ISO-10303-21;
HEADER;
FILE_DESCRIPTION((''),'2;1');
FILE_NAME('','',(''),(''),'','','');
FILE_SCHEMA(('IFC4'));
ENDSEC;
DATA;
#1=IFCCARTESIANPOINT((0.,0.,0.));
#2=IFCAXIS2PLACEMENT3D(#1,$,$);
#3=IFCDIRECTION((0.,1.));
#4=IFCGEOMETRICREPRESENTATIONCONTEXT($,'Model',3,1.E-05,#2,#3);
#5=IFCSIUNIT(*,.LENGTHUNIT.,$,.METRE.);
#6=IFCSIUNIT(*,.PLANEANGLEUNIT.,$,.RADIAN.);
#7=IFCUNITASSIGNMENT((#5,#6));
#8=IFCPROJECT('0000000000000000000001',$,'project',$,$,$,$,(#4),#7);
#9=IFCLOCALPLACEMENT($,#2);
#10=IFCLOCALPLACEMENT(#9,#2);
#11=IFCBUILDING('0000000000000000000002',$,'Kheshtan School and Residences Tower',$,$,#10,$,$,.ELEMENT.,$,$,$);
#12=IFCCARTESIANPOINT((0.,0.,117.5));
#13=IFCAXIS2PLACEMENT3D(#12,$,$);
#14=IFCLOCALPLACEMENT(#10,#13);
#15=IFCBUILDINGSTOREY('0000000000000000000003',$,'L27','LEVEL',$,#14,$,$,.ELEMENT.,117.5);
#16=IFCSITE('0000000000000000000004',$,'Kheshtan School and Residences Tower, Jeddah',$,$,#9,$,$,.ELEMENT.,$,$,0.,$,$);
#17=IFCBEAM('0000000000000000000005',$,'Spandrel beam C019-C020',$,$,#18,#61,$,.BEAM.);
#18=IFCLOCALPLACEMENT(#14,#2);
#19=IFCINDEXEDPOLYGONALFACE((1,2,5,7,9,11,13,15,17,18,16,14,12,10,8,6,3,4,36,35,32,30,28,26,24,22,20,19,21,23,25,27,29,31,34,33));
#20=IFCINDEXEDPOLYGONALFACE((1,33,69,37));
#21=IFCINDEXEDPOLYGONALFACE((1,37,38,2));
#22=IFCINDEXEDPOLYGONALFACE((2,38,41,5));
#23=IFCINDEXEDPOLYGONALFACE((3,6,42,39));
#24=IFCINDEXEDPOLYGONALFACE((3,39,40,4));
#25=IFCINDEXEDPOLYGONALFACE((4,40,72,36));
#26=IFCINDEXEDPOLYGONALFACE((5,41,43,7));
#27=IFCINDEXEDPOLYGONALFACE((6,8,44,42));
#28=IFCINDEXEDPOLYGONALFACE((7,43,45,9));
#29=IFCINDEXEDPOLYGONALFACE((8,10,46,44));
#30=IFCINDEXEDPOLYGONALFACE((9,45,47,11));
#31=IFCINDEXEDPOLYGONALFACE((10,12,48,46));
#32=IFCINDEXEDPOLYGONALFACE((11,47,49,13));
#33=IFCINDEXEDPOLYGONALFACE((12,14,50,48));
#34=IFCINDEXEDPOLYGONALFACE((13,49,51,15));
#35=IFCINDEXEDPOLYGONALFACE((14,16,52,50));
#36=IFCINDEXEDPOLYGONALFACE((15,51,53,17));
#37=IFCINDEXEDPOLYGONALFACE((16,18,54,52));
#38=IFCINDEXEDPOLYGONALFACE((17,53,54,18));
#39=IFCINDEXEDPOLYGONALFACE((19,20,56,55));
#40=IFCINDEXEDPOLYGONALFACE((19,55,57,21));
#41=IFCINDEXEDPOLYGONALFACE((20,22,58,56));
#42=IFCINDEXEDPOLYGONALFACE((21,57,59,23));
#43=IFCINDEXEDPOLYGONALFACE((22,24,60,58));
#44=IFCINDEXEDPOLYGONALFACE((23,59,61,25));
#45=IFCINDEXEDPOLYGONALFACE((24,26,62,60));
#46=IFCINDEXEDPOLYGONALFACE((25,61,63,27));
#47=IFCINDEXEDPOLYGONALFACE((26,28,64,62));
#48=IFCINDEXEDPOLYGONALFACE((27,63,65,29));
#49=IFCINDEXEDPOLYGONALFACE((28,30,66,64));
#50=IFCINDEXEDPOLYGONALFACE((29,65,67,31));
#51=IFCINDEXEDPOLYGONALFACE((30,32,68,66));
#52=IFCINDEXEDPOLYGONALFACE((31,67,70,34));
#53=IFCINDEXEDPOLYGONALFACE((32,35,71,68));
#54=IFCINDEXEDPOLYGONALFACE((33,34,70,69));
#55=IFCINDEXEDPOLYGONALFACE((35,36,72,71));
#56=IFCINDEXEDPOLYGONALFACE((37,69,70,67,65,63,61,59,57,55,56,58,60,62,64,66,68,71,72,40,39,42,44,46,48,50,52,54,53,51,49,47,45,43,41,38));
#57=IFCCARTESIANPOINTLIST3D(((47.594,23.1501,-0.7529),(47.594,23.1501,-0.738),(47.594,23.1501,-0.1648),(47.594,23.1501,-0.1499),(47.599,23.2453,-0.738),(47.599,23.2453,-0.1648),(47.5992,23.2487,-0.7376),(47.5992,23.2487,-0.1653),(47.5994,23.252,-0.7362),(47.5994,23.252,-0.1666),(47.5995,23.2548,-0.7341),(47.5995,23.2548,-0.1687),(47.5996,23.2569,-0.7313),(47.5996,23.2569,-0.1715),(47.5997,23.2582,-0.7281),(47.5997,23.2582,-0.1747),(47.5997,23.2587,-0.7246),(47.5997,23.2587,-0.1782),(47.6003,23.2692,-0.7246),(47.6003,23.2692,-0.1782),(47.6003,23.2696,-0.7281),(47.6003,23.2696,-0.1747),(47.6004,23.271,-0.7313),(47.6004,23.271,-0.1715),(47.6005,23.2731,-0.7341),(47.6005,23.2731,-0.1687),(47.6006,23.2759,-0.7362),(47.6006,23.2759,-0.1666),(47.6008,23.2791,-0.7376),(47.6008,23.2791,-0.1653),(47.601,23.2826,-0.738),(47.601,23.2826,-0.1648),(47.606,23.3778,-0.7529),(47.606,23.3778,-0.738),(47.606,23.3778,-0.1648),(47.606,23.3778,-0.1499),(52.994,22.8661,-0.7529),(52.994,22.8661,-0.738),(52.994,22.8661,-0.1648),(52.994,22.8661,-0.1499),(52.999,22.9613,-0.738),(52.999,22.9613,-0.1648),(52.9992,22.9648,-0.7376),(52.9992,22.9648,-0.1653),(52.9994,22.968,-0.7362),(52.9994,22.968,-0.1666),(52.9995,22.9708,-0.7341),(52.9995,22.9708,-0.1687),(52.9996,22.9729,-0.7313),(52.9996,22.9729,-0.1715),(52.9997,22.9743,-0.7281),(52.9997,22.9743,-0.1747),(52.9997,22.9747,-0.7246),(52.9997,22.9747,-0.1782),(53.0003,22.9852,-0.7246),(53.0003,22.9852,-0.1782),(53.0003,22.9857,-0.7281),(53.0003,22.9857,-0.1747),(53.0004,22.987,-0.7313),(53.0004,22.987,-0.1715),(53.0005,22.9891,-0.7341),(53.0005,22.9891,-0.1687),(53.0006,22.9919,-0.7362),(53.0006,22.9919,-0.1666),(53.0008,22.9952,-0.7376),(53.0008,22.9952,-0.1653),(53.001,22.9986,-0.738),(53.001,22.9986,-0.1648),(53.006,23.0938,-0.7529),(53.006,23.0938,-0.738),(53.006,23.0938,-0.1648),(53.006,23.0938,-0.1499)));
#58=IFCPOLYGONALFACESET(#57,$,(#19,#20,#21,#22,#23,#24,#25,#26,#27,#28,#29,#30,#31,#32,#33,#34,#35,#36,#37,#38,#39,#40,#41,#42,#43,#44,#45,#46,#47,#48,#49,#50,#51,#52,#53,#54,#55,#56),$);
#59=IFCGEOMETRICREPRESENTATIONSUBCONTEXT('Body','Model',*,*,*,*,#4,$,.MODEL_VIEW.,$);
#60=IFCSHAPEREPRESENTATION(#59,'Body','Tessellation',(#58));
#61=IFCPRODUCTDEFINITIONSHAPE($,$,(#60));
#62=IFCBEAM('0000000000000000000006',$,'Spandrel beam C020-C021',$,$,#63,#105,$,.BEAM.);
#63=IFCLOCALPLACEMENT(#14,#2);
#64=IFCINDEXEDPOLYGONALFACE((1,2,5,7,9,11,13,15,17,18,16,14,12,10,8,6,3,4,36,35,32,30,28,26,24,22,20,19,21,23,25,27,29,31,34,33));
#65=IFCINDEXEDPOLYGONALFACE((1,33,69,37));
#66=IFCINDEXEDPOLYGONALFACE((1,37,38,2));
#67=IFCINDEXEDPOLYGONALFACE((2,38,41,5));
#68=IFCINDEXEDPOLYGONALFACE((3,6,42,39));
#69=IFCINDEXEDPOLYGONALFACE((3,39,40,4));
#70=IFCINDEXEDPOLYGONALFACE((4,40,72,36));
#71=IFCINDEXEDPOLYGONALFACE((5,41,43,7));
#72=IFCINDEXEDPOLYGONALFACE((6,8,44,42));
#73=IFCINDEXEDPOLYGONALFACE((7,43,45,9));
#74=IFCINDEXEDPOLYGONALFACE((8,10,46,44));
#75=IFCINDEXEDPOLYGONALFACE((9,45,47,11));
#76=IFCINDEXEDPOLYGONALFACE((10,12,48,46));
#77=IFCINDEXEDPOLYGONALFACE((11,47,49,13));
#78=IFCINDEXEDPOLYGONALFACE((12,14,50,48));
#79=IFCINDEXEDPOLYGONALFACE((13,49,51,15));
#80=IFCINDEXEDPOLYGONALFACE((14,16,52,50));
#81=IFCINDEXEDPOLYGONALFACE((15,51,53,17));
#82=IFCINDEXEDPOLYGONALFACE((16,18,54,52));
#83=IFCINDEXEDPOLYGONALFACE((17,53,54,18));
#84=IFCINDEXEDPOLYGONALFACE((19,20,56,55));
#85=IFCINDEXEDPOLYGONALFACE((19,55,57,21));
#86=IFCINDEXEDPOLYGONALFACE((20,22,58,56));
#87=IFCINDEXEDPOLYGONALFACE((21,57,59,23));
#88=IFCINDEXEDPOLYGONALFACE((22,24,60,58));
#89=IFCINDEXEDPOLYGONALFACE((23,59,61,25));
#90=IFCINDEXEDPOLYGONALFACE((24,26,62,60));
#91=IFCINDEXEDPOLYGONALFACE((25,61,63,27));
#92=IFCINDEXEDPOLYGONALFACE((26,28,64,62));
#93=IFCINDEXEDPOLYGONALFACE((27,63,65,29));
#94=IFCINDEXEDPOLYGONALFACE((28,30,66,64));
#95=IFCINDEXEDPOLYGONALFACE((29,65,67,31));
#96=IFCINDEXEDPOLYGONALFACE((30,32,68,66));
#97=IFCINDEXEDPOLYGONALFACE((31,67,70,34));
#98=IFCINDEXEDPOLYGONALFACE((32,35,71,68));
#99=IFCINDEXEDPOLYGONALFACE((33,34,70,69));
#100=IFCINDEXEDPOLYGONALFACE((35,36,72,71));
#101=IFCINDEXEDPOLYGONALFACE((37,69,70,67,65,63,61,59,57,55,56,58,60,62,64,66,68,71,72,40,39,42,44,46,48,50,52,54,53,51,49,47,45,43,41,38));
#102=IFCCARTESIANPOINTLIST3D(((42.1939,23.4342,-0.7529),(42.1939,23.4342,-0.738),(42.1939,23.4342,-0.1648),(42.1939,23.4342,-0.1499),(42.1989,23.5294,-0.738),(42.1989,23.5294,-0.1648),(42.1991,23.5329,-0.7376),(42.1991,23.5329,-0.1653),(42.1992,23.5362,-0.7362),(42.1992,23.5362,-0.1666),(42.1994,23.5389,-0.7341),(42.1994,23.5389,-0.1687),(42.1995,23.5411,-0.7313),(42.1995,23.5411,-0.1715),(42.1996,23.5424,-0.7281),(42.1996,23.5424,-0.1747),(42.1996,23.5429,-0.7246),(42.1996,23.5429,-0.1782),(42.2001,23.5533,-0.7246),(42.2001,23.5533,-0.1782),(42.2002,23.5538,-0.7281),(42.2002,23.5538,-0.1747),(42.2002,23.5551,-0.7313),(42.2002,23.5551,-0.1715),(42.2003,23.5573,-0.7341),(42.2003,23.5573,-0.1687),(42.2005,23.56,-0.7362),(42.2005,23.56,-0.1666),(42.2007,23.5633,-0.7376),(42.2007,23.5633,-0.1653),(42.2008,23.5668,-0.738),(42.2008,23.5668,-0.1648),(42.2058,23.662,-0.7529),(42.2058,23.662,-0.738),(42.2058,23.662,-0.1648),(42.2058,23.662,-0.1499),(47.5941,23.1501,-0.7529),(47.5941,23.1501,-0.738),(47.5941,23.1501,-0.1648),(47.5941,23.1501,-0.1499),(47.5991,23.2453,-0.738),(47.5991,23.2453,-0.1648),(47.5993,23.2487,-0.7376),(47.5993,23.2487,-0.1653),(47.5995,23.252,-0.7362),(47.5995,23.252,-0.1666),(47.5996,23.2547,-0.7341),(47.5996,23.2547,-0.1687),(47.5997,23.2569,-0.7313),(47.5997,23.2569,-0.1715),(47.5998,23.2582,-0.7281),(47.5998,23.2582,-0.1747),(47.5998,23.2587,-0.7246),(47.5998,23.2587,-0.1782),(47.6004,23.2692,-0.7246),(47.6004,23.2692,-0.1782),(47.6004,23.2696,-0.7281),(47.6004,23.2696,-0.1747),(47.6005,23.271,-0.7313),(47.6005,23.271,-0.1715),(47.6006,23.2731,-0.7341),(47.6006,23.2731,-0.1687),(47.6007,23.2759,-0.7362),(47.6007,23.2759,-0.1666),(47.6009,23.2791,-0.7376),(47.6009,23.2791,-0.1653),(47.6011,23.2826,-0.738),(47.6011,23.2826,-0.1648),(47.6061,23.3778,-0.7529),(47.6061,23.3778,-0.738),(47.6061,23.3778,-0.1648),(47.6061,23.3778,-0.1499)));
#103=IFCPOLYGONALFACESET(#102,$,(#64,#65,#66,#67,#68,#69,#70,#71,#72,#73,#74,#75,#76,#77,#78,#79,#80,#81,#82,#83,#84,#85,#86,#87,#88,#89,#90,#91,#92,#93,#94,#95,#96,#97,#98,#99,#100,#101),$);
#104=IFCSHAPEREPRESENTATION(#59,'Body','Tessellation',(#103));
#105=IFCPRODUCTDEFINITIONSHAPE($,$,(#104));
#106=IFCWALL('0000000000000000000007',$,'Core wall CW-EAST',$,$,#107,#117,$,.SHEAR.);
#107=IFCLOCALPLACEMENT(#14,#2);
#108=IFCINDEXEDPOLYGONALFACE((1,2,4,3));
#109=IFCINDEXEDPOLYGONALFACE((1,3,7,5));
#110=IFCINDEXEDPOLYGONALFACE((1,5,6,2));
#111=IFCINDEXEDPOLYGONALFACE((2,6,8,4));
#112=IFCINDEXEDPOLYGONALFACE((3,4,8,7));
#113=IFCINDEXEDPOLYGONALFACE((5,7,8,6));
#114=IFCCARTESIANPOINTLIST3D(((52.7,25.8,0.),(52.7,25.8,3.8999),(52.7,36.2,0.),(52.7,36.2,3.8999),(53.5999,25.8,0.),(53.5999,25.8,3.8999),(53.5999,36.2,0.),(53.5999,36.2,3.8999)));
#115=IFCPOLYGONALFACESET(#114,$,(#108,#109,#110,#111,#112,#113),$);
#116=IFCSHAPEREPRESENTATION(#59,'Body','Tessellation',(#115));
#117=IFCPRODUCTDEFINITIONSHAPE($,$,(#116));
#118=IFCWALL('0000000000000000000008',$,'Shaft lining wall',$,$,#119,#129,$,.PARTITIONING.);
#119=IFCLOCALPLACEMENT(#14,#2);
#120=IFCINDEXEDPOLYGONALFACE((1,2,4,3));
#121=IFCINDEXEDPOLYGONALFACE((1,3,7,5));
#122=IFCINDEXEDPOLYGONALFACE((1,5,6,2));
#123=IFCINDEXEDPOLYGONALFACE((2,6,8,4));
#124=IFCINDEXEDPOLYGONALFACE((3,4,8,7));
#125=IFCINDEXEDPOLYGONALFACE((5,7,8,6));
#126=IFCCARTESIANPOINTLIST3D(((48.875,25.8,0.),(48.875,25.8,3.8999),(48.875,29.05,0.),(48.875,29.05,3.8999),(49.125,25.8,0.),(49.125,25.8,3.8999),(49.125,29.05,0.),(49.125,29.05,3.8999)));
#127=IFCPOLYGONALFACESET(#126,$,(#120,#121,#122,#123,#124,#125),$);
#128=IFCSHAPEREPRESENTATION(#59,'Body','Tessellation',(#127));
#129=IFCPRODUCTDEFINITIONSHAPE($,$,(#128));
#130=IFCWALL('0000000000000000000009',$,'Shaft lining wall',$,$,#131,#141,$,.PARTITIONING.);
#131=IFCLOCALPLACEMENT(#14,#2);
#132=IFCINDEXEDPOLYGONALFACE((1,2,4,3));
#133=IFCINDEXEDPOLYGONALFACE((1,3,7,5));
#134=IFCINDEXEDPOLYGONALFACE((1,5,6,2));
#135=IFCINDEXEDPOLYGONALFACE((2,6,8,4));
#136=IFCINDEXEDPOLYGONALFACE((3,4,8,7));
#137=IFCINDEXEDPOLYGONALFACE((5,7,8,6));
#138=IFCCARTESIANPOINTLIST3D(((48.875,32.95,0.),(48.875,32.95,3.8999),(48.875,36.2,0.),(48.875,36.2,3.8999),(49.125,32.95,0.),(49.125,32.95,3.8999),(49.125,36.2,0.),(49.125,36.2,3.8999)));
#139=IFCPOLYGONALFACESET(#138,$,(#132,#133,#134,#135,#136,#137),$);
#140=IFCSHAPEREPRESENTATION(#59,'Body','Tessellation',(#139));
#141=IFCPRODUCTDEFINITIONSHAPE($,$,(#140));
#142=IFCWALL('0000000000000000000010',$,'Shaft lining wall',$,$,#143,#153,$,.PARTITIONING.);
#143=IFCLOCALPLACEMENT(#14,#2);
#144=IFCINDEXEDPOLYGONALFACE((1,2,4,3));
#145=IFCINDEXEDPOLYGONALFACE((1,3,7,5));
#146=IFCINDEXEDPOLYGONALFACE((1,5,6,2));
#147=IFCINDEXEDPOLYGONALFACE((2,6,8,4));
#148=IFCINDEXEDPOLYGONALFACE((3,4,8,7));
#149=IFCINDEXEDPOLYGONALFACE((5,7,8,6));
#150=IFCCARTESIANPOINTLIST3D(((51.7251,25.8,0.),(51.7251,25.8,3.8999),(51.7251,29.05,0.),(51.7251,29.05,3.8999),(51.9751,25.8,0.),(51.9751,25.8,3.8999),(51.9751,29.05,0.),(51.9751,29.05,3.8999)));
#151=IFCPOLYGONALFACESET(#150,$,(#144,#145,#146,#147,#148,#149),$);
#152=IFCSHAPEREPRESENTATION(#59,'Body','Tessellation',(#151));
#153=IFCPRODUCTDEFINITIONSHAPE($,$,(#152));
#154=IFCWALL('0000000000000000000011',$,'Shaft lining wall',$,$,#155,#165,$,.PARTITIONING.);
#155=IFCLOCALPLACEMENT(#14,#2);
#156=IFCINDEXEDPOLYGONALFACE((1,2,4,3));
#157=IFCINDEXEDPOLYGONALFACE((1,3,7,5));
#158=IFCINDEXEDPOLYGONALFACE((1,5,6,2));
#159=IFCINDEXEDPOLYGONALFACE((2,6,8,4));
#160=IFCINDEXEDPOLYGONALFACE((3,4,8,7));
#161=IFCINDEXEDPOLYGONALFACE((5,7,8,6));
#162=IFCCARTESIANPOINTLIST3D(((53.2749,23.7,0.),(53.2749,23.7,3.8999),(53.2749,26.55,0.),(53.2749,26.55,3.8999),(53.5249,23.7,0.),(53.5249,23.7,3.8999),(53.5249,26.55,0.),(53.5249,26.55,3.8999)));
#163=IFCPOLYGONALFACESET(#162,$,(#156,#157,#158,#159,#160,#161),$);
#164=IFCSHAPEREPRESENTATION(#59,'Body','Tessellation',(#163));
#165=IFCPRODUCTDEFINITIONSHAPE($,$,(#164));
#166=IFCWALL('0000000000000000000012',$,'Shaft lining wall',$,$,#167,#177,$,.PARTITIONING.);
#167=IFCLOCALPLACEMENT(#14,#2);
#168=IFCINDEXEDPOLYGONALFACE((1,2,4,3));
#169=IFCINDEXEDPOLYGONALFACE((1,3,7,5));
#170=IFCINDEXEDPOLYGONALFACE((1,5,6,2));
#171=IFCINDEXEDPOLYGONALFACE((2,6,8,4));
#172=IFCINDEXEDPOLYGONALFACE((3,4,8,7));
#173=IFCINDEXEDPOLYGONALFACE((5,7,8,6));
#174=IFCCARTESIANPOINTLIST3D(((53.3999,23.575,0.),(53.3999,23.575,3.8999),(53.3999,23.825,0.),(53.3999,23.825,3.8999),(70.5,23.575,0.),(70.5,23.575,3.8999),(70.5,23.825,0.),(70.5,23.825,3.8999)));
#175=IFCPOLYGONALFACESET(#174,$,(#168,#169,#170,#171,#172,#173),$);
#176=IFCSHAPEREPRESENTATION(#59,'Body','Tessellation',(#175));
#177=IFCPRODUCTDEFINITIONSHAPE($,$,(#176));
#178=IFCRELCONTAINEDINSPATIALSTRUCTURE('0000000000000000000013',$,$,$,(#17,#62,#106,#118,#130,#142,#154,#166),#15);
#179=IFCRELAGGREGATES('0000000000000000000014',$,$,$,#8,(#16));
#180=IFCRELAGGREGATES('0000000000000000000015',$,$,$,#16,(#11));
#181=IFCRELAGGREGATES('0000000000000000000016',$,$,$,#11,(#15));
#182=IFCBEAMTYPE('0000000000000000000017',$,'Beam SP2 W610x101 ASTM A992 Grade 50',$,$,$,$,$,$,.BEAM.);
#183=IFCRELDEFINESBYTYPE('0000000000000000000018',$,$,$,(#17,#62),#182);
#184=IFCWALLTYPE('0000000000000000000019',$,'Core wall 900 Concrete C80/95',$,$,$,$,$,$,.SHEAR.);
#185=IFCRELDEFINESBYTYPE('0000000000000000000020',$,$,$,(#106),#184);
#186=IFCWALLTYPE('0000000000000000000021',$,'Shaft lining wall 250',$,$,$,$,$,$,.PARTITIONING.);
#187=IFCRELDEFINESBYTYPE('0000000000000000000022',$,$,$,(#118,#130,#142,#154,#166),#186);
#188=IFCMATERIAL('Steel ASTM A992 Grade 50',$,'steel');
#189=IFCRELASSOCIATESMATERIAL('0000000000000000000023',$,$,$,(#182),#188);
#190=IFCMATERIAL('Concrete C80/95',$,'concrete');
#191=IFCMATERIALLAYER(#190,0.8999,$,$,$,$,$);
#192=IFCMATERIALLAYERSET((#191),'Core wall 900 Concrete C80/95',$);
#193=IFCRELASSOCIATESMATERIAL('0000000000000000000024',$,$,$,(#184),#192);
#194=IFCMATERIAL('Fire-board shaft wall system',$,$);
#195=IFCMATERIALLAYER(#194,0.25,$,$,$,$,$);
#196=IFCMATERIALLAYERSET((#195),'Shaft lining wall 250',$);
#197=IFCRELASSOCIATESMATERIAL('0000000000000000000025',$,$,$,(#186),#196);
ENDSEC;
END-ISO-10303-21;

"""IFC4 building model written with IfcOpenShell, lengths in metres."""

from ifc_helpers import new_model, si_unit, direction, frame, frame_2d, origin, origin_2d, place, context, subcontext, project, spatial, rectangle, i_section, extrude, material, layer, layer_set, material_profile, profile_set, type_object, element, save


model = new_model("IFC4")

# Units and contexts
model_context = context("Model", 3, precision=1e-05, world=origin(), true_north=direction((0.0, 1.0)))
body_context = subcontext(model_context, "Body", "Model", "MODEL_VIEW")
ifc_project = project(units=[si_unit("LENGTHUNIT", "METRE"), si_unit("PLANEANGLEUNIT", "RADIAN")], contexts=[model_context])

# Site, building, storey
site_placement = place(None, origin())
site = spatial("IfcSite", under=ifc_project, at=site_placement, Name="Kheshtan School and Residences Tower, Jeddah", CompositionType="ELEMENT", RefElevation=0.0)
building_placement = place(site_placement, origin())
building = spatial("IfcBuilding", under=site, at=building_placement, Name="Kheshtan School and Residences Tower", CompositionType="ELEMENT")
storey_placement = place(building_placement, frame((0.0, 0.0, 117.5)))
storey = spatial("IfcBuildingStorey", under=building, at=storey_placement, Name="L27", Description="LEVEL", CompositionType="ELEMENT", Elevation=117.5)

# Shared definitions
ifc_material_1 = material(Name="Steel ASTM A992 Grade 50", Category="steel")

# Beams
ifc_material_profile_1 = material_profile(ifc_material_1, i_section(OverallWidth=0.228, OverallDepth=0.603, WebThickness=0.0105, FlangeThickness=0.0149, FilletRadius=0.0134, at=origin_2d()), Name="W610x101")
ifc_profile_set_1 = profile_set([ifc_material_profile_1], Name="Steel ASTM A992 Grade 50")
beam_type_1 = type_object("IfcBeamType", Name="Beam SP2 W610x101 ASTM A992 Grade 50", PredefinedType="BEAM", material=ifc_profile_set_1)
beam_1_placement = place(storey_placement, frame((53.0, 22.98, -0.4514), z_axis=(-0.99862, 0.052509, 0.0), x_axis=(-0.052509, -0.99862, 0.0)))
element("IfcBeam", 1, at=beam_1_placement, inside=storey, type_object=beam_type_1, Name="Spandrel beam C019-C020", PredefinedType="BEAM", context=body_context, shape_type="SweptSolid", body=[
    extrude(i_section(OverallWidth=0.228, OverallDepth=0.603, WebThickness=0.0105, FlangeThickness=0.0149, FilletRadius=0.0134, at=origin_2d()), origin(), (0.0, 0.0, 1.0), 5.4075),
])
beam_2_placement = place(storey_placement, frame((47.6001, 23.2639, -0.4514), z_axis=(-0.998618, 0.052552, 0.0), x_axis=(-0.052552, -0.998618, 0.0)))
element("IfcBeam", 2, at=beam_2_placement, inside=storey, type_object=beam_type_1, Name="Spandrel beam C020-C021", PredefinedType="BEAM", context=body_context, shape_type="SweptSolid", body=[
    extrude(i_section(OverallWidth=0.228, OverallDepth=0.603, WebThickness=0.0105, FlangeThickness=0.0149, FilletRadius=0.0134, at=origin_2d()), origin(), (0.0, 0.0, 1.0), 5.4077),
])

# Walls
ifc_material_2 = material(Name="Concrete C80/95", Category="concrete")
ifc_layer_1 = layer(ifc_material_2, 0.8999)
ifc_layer_set_1 = layer_set([ifc_layer_1], Name="Core wall 900 Concrete C80/95")
wall_type_1 = type_object("IfcWallType", Name="Core wall 900 Concrete C80/95", PredefinedType="SHEAR", material=ifc_layer_set_1)
wall_1_placement = place(storey_placement, frame((53.1499, 25.8, 0.0), z_axis=(0.0, 0.0, 1.0), x_axis=(0.0, 1.0, 0.0)))
element("IfcWall", 3, at=wall_1_placement, inside=storey, type_object=wall_type_1, Name="Core wall CW-EAST", PredefinedType="SHEAR", context=body_context, shape_type="SweptSolid", body=[
    extrude(rectangle(XDim=10.3999, YDim=0.8999, at=frame_2d((5.2, 0.0))), origin(), (0.0, 0.0, 1.0), 3.8999),
])
ifc_material_3 = material(Name="Fire-board shaft wall system")
ifc_layer_2 = layer(ifc_material_3, 0.25)
ifc_layer_set_2 = layer_set([ifc_layer_2], Name="Shaft lining wall 250")
wall_type_2 = type_object("IfcWallType", Name="Shaft lining wall 250", PredefinedType="PARTITIONING", material=ifc_layer_set_2)
for number, where, z_axis, x_axis, name in (
    (4, (49.0, 25.8, 0.0), (0.0, 0.0, 1.0), (0.0, 1.0, 0.0), "Shaft lining wall"),
    (5, (49.0, 32.95, 0.0), (0.0, 0.0, 1.0), (0.0, 1.0, 0.0), "Shaft lining wall"),
    (6, (51.8501, 25.8, 0.0), (0.0, 0.0, 1.0), (0.0, 1.0, 0.0), "Shaft lining wall"),
):
    element("IfcWall", number, at=place(storey_placement, frame(where, z_axis=z_axis, x_axis=x_axis)), inside=storey, type_object=wall_type_2, Name=name, PredefinedType="PARTITIONING", context=body_context, shape_type="SweptSolid", body=[
        extrude(rectangle(XDim=3.25, YDim=0.25, at=frame_2d((1.625, 0.0))), origin(), (0.0, 0.0, 1.0), 3.8999),
    ])
wall_2_placement = place(storey_placement, frame((53.3999, 23.7, 0.0), z_axis=(0.0, 0.0, 1.0), x_axis=(0.0, 1.0, 0.0)))
element("IfcWall", 7, at=wall_2_placement, inside=storey, type_object=wall_type_2, Name="Shaft lining wall", PredefinedType="PARTITIONING", context=body_context, shape_type="SweptSolid", body=[
    extrude(rectangle(XDim=2.8501, YDim=0.25, at=frame_2d((1.425, 0.0))), origin(), (0.0, 0.0, 1.0), 3.8999),
])
wall_3_placement = place(storey_placement, frame((53.3999, 23.7, 0.0), z_axis=(0.0, 0.0, 1.0), x_axis=(1.0, 0.0, 0.0)))
element("IfcWall", 8, at=wall_3_placement, inside=storey, type_object=wall_type_2, Name="Shaft lining wall", PredefinedType="PARTITIONING", context=body_context, shape_type="SweptSolid", body=[
    extrude(rectangle(XDim=17.1001, YDim=0.25, at=frame_2d((8.55, 0.0))), origin(), (0.0, 0.0, 1.0), 3.8999),
])

save(model, "model.ifc")
